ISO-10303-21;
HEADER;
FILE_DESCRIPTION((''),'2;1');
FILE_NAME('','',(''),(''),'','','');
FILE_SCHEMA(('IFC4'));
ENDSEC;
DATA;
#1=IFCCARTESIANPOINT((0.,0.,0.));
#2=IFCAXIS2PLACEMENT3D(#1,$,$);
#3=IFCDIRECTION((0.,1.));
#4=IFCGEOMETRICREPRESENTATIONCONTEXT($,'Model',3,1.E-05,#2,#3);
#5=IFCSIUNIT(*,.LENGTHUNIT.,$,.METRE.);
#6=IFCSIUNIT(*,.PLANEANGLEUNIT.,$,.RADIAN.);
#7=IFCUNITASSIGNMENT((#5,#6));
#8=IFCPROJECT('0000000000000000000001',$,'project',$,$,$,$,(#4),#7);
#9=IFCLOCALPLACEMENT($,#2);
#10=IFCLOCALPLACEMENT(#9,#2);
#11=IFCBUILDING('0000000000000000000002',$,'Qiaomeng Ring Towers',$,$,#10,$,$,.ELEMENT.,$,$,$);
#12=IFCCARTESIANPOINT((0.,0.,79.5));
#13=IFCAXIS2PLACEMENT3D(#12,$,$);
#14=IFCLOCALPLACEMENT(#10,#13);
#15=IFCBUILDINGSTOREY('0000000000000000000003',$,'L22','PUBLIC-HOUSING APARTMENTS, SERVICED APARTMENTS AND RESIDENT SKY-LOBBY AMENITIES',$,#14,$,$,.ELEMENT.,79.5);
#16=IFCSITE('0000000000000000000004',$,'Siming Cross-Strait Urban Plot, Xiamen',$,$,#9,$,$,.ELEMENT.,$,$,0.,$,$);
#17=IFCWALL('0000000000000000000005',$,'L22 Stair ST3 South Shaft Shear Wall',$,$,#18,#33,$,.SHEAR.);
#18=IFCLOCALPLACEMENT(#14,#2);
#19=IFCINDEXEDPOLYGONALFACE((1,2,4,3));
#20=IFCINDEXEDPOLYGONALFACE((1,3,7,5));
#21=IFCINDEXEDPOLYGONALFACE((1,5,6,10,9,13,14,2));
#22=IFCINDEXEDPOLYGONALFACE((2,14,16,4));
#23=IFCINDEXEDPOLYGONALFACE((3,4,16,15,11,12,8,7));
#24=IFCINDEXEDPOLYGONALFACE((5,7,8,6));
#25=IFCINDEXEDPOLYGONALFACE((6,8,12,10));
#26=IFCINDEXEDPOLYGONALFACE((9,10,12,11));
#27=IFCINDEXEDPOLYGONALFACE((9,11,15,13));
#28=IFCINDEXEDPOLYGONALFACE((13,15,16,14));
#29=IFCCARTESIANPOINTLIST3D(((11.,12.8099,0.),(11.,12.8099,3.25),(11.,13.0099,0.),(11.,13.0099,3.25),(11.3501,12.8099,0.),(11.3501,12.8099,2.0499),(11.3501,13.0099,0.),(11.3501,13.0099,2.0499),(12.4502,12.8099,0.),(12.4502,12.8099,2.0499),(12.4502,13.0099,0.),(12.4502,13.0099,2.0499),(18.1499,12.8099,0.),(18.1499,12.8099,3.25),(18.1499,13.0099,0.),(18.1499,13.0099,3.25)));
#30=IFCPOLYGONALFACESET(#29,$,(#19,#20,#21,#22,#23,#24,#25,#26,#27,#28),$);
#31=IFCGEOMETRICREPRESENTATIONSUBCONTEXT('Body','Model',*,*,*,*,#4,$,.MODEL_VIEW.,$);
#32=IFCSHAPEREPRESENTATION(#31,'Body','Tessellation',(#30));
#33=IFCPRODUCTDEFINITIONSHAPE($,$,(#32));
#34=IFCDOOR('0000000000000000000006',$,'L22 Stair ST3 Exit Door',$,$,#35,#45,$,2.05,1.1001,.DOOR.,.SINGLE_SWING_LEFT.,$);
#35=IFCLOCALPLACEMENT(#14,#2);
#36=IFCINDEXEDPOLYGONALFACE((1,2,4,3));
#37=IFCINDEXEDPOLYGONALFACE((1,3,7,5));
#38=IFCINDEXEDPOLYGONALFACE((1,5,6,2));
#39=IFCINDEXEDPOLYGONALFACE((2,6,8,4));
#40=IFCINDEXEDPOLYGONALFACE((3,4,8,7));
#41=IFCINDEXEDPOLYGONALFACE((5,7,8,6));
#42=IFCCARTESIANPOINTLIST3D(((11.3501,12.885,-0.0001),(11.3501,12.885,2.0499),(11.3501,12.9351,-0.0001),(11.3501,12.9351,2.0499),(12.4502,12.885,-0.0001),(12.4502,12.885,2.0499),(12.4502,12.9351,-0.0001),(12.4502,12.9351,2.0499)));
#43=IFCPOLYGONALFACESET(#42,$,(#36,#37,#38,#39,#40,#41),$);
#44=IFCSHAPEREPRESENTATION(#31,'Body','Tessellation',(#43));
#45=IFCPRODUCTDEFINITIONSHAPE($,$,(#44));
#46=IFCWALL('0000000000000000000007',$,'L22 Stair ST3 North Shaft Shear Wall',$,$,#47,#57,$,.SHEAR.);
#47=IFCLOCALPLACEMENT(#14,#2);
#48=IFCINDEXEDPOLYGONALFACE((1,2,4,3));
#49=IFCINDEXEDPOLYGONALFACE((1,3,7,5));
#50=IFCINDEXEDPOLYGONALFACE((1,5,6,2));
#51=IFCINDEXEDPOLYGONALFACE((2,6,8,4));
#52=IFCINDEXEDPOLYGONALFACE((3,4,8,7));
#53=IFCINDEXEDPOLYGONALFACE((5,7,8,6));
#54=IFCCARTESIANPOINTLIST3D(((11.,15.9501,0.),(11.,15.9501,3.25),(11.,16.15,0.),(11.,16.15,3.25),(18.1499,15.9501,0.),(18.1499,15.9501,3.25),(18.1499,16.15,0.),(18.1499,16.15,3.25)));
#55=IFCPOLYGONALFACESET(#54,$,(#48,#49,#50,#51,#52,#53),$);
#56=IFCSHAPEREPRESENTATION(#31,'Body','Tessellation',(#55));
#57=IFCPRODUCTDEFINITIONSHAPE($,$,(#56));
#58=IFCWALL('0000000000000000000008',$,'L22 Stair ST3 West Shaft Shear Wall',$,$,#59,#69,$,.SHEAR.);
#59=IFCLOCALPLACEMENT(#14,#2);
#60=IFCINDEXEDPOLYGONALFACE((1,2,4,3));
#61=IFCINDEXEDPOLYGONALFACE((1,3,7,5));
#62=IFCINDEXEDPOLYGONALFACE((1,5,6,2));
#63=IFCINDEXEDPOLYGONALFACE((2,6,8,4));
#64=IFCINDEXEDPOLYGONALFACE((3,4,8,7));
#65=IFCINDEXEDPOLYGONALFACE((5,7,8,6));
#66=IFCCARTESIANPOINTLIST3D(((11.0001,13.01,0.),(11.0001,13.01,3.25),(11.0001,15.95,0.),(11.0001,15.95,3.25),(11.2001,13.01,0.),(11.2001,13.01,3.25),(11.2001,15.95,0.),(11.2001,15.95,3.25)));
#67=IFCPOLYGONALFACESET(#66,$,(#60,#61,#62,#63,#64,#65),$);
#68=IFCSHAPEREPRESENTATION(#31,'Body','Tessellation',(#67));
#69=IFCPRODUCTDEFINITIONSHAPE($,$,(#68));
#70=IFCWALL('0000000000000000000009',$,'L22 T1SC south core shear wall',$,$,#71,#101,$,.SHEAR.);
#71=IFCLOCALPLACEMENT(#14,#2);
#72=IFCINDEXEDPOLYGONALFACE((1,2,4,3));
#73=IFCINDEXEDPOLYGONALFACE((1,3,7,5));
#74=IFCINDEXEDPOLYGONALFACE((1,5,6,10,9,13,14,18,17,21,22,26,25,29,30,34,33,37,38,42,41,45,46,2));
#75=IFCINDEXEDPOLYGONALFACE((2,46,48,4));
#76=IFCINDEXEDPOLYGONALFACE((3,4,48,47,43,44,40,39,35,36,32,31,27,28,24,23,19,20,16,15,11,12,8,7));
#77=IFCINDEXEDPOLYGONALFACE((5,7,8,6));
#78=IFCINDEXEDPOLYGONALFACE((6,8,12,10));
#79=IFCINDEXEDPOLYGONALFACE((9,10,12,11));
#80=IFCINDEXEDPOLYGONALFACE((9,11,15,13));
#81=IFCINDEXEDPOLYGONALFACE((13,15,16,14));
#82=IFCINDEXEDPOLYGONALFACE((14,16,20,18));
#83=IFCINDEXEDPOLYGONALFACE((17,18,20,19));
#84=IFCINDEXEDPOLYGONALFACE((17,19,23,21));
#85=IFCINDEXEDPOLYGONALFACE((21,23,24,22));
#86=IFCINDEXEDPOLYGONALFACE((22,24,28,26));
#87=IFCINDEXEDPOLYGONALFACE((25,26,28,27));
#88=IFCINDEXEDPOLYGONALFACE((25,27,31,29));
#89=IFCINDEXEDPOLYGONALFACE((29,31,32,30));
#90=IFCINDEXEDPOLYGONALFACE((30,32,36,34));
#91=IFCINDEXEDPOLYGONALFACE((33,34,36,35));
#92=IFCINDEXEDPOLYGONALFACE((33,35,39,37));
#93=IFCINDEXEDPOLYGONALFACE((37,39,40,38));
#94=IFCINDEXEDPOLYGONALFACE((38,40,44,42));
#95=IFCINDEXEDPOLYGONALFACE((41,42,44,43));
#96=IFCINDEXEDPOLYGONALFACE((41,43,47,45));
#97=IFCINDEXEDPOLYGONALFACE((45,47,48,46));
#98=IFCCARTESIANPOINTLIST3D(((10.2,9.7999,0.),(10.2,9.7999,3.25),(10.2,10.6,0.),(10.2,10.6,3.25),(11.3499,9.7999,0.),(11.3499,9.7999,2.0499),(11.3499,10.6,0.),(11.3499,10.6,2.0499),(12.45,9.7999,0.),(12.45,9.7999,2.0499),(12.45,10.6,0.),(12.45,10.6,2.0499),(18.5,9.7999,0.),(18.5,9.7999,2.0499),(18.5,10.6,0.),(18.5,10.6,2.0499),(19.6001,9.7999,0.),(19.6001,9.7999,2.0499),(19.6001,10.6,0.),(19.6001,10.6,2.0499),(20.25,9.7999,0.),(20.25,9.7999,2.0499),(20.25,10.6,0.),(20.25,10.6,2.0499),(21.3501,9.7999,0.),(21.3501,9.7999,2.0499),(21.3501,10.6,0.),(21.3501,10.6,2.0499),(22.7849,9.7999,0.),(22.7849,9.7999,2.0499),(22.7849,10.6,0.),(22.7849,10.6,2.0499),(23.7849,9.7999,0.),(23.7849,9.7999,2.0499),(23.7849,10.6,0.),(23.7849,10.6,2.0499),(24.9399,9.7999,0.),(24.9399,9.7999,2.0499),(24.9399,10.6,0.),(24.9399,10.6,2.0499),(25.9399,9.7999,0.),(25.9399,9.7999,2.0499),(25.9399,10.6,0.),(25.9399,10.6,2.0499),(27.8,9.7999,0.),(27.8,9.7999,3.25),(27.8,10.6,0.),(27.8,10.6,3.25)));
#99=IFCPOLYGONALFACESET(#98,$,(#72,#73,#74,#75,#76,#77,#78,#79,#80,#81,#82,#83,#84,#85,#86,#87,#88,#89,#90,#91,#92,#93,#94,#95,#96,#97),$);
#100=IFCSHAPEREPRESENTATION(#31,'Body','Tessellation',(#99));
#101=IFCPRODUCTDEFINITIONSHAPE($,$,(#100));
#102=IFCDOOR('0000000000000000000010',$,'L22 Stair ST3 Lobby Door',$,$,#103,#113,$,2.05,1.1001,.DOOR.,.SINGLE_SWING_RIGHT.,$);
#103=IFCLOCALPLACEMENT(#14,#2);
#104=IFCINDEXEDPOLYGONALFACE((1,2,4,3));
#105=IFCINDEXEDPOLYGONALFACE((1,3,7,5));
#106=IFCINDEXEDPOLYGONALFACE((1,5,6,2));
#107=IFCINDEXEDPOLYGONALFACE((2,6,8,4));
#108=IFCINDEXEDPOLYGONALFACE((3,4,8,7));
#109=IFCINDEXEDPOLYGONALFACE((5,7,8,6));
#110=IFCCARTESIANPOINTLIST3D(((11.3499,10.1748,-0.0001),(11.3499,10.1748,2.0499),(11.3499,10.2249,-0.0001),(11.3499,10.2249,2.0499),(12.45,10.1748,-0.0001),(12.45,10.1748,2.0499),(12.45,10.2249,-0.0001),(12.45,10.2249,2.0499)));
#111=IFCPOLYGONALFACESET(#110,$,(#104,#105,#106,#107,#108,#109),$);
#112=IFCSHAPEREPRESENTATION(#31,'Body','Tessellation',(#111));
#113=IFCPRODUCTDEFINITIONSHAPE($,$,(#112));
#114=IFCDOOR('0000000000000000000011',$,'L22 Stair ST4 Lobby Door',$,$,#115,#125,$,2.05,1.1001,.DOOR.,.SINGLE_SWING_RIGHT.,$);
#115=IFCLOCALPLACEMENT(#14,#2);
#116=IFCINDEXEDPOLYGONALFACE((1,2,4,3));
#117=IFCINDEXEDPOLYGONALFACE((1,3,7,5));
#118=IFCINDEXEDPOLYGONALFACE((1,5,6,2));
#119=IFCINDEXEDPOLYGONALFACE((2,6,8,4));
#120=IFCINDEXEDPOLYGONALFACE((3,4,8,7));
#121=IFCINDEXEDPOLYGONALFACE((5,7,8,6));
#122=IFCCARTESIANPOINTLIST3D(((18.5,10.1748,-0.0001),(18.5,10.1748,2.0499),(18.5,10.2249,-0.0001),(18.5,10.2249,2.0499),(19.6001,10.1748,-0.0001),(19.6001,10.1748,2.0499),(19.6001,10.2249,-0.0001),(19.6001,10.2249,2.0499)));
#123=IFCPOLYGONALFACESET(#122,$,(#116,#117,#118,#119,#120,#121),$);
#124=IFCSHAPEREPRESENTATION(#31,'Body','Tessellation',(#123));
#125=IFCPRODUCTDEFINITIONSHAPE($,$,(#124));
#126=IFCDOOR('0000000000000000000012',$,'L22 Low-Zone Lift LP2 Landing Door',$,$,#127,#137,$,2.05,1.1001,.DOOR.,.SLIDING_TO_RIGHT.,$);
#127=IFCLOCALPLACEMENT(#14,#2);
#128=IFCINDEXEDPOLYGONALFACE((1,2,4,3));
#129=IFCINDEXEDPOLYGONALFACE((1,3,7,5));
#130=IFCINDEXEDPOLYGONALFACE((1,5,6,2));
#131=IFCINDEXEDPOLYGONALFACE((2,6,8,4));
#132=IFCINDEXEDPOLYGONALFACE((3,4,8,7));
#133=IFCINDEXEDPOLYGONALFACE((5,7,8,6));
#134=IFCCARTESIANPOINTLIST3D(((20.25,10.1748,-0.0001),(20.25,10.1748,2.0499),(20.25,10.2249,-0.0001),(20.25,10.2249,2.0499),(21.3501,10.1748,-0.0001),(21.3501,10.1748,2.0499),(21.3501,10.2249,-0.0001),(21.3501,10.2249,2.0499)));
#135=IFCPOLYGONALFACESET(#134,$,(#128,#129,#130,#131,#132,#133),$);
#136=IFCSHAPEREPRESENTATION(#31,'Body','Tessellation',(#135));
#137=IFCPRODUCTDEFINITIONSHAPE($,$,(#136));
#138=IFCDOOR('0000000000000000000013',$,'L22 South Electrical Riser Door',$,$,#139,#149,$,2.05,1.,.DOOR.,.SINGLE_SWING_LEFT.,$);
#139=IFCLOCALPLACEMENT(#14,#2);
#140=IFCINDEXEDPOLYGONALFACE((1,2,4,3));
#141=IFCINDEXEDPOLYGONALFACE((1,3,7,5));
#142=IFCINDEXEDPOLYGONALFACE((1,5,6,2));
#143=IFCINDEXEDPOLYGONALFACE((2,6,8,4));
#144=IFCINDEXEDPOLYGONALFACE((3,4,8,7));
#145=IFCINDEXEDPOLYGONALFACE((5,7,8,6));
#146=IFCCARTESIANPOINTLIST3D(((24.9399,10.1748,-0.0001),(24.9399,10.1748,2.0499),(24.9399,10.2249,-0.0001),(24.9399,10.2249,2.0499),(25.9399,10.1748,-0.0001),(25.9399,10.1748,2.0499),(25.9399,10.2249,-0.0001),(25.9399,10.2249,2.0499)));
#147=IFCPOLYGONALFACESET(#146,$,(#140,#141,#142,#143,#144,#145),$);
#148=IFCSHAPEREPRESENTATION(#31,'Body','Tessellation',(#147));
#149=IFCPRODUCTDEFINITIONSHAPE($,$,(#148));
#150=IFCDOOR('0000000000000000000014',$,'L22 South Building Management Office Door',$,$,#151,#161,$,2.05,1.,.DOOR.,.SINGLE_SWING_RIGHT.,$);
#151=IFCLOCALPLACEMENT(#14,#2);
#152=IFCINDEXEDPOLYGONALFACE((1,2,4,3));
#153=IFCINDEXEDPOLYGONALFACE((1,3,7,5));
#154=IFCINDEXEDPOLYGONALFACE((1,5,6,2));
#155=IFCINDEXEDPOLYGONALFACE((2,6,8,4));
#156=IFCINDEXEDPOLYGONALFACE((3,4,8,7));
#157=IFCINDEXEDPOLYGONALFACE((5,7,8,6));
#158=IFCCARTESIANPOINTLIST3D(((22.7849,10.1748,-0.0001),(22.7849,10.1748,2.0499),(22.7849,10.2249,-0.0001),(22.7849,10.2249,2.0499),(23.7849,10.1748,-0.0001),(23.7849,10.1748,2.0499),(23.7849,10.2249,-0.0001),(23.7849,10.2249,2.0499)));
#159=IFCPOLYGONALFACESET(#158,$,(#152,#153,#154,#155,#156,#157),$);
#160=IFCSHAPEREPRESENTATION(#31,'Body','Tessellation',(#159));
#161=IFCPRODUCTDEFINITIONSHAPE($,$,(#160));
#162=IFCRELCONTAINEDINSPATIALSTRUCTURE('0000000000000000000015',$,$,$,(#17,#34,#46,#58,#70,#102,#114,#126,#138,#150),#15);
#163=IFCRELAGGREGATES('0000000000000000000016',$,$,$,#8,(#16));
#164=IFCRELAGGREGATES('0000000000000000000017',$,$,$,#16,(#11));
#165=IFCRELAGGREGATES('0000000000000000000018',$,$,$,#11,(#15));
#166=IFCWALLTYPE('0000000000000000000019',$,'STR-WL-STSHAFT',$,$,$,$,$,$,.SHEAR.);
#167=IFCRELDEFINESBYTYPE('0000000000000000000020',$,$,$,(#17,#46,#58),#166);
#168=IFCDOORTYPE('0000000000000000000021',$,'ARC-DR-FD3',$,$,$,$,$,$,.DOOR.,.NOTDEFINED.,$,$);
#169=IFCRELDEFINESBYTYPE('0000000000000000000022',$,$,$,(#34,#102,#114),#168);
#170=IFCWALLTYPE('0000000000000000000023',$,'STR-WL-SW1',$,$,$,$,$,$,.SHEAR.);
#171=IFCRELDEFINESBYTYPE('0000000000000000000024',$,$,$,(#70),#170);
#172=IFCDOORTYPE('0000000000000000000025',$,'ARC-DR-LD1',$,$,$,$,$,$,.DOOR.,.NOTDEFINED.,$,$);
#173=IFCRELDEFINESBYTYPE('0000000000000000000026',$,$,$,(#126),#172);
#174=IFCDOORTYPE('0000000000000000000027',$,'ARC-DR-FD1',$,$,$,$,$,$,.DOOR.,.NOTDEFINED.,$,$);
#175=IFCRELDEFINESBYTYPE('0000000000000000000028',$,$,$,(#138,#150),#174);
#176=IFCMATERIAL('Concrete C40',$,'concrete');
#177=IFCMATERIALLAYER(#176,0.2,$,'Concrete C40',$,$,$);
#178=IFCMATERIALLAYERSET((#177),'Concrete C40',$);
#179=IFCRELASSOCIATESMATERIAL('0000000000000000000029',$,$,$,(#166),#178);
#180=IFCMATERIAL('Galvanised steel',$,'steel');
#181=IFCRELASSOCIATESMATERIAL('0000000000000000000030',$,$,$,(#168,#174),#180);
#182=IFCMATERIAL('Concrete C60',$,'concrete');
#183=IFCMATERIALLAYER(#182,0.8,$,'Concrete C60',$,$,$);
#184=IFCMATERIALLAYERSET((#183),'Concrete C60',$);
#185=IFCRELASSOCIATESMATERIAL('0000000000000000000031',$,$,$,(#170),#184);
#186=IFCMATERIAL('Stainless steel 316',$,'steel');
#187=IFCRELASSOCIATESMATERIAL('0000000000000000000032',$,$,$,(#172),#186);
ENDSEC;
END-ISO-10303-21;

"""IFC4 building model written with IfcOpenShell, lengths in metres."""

from ifc_helpers import new_model, si_unit, direction, frame, frame_2d, origin, place, context, subcontext, project, spatial, rectangle, extrude, source, transform, mapped, material, layer, layer_set, type_object, element, fill, save


model = new_model("IFC4")

# Units and contexts
model_context = context("Model", 3, precision=1e-05, world=origin(), true_north=direction((0.0, 1.0)))
body_context = subcontext(model_context, "Body", "Model", "MODEL_VIEW")
ifc_project = project(units=[si_unit("LENGTHUNIT", "METRE"), si_unit("PLANEANGLEUNIT", "RADIAN")], contexts=[model_context])

# Site, building, storey
site_placement = place(None, origin())
site = spatial("IfcSite", under=ifc_project, at=site_placement, Name="Siming Cross-Strait Urban Plot, Xiamen", CompositionType="ELEMENT", RefElevation=0.0)
building_placement = place(site_placement, origin())
building = spatial("IfcBuilding", under=site, at=building_placement, Name="Qiaomeng Ring Towers", CompositionType="ELEMENT")
storey_placement = place(building_placement, frame((0.0, 0.0, 79.5)))
storey = spatial("IfcBuildingStorey", under=building, at=storey_placement, Name="L22", Description="PUBLIC-HOUSING APARTMENTS, SERVICED APARTMENTS AND RESIDENT SKY-LOBBY AMENITIES", CompositionType="ELEMENT", Elevation=79.5)

# Shared definitions
shared_shape_1 = source(origin(), body_context, "Body", "SweptSolid", [
    extrude(rectangle(XDim=1.0, YDim=2.05, at=frame_2d((0.5, 1.0249))), frame((0.0, 0.0249, 0.0), z_axis=(0.0, -1.0, 0.0), x_axis=(1.0, 0.0, 0.0)), (0.0, 0.0, 1.0), 0.05),
])

# Wall, opening, door
ifc_material_1 = material(Name="Concrete C40", Category="concrete")
ifc_layer_1 = layer(ifc_material_1, 0.2, Name="Concrete C40")
ifc_layer_set_1 = layer_set([ifc_layer_1], Name="Concrete C40")
wall_type_1 = type_object("IfcWallType", Name="STR-WL-STSHAFT", PredefinedType="SHEAR", material=ifc_layer_set_1)
wall_1_placement = place(storey_placement, frame((11.0, 12.9099, 0.0), z_axis=(0.0, 0.0, 1.0), x_axis=(1.0, 0.0, 0.0)))
wall_1 = element("IfcWall", 1, at=wall_1_placement, inside=storey, type_object=wall_type_1, Name="L22 Stair ST3 South Shaft Shear Wall", PredefinedType="SHEAR", context=body_context, shape_type="SweptSolid", body=[
    extrude(rectangle(XDim=7.1499, YDim=0.2, at=frame_2d((3.575, 0.0))), origin(), (0.0, 0.0, 1.0), 3.25),
])
opening_1_placement = place(wall_1_placement, frame((0.3501, 0.0, 0.0)))
opening_1 = element("IfcOpeningElement", 2, at=opening_1_placement, cuts=wall_1, PredefinedType="OPENING", context=body_context, shape_type="SweptSolid", body=[
    extrude(rectangle(XDim=1.1001, YDim=2.05, at=frame_2d((0.55, 1.0249))), frame((0.0, 0.1099, 0.0), z_axis=(0.0, -1.0, 0.0), x_axis=(1.0, 0.0, 0.0)), (0.0, 0.0, 1.0), 0.22),
])
ifc_material_2 = material(Name="Galvanised steel", Category="steel")
door_type_1 = type_object("IfcDoorType", Name="ARC-DR-FD3", OperationType="NOTDEFINED", PredefinedType="DOOR", material=ifc_material_2)
shared_shape_2 = source(origin(), body_context, "Body", "SweptSolid", [
    extrude(rectangle(XDim=1.1001, YDim=2.05, at=frame_2d((0.55, 1.0249))), frame((0.0, 0.0249, 0.0), z_axis=(0.0, -1.0, 0.0), x_axis=(1.0, 0.0, 0.0)), (0.0, 0.0, 1.0), 0.05),
])
door_1_placement = place(opening_1_placement, frame((1.1001, 0.0, 0.0), z_axis=(0.0, 0.0, 1.0), x_axis=(-1.0, 0.0, 0.0)))
door_1 = element("IfcDoor", 3, at=door_1_placement, inside=storey, type_object=door_type_1, Name="L22 Stair ST3 Exit Door", OperationType="SINGLE_SWING_LEFT", OverallHeight=2.05, OverallWidth=1.1001, PredefinedType="DOOR", context=body_context, shape_type="MappedRepresentation", body=[
    mapped(shared_shape_2, transform((0.0, 0.0, 0.0), x_axis=(1.0, 0.0, 0.0), y_axis=(0.0, 1.0, 0.0), z_axis=(0.0, 0.0, 1.0), scale=1.0)),
])
fill(opening_1, door_1)

# Walls
wall_2_placement = place(storey_placement, frame((11.0, 16.05, 0.0), z_axis=(0.0, 0.0, 1.0), x_axis=(1.0, 0.0, 0.0)))
element("IfcWall", 4, at=wall_2_placement, inside=storey, type_object=wall_type_1, Name="L22 Stair ST3 North Shaft Shear Wall", PredefinedType="SHEAR", context=body_context, shape_type="SweptSolid", body=[
    extrude(rectangle(XDim=7.1499, YDim=0.2, at=frame_2d((3.575, 0.0))), origin(), (0.0, 0.0, 1.0), 3.25),
])
wall_3_placement = place(storey_placement, frame((11.1001, 13.01, 0.0), z_axis=(0.0, 0.0, 1.0), x_axis=(0.0, 1.0, 0.0)))
element("IfcWall", 5, at=wall_3_placement, inside=storey, type_object=wall_type_1, Name="L22 Stair ST3 West Shaft Shear Wall", PredefinedType="SHEAR", context=body_context, shape_type="SweptSolid", body=[
    extrude(rectangle(XDim=2.9399, YDim=0.2, at=frame_2d((1.47, 0.0))), origin(), (0.0, 0.0, 1.0), 3.25),
])

# Wall, openings, doors
ifc_material_3 = material(Name="Concrete C60", Category="concrete")
ifc_layer_2 = layer(ifc_material_3, 0.8, Name="Concrete C60")
ifc_layer_set_2 = layer_set([ifc_layer_2], Name="Concrete C60")
wall_type_2 = type_object("IfcWallType", Name="STR-WL-SW1", PredefinedType="SHEAR", material=ifc_layer_set_2)
wall_4_placement = place(storey_placement, frame((10.2, 10.2, 0.0), z_axis=(0.0, 0.0, 1.0), x_axis=(1.0, 0.0, 0.0)))
wall_4 = element("IfcWall", 6, at=wall_4_placement, inside=storey, type_object=wall_type_2, Name="L22 T1SC south core shear wall", PredefinedType="SHEAR", context=body_context, shape_type="SweptSolid", body=[
    extrude(rectangle(XDim=17.6001, YDim=0.8, at=frame_2d((8.8, 0.0))), origin(), (0.0, 0.0, 1.0), 3.25),
])
opening_2_placement = place(wall_4_placement, frame((1.1499, 0.0, 0.0)))
opening_2 = element("IfcOpeningElement", 7, at=opening_2_placement, cuts=wall_4, PredefinedType="OPENING", context=body_context, shape_type="SweptSolid", body=[
    extrude(rectangle(XDim=1.1001, YDim=2.05, at=frame_2d((0.55, 1.0249))), frame((0.0, 0.4099, 0.0), z_axis=(0.0, -1.0, 0.0), x_axis=(1.0, 0.0, 0.0)), (0.0, 0.0, 1.0), 0.8201),
])
opening_3_placement = place(wall_4_placement, frame((8.3, 0.0, 0.0)))
opening_3 = element("IfcOpeningElement", 8, at=opening_3_placement, cuts=wall_4, PredefinedType="OPENING", context=body_context, shape_type="SweptSolid", body=[
    extrude(rectangle(XDim=1.1001, YDim=2.05, at=frame_2d((0.55, 1.0249))), frame((0.0, 0.4099, 0.0), z_axis=(0.0, -1.0, 0.0), x_axis=(1.0, 0.0, 0.0)), (0.0, 0.0, 1.0), 0.8201),
])
opening_4_placement = place(wall_4_placement, frame((10.05, 0.0, 0.0)))
opening_4 = element("IfcOpeningElement", 9, at=opening_4_placement, cuts=wall_4, PredefinedType="OPENING", context=body_context, shape_type="SweptSolid", body=[
    extrude(rectangle(XDim=1.1001, YDim=2.05, at=frame_2d((0.55, 1.0249))), frame((0.0, 0.4099, 0.0), z_axis=(0.0, -1.0, 0.0), x_axis=(1.0, 0.0, 0.0)), (0.0, 0.0, 1.0), 0.8201),
])
opening_5_placement = place(wall_4_placement, frame((14.74, 0.0, 0.0)))
opening_5 = element("IfcOpeningElement", 10, at=opening_5_placement, cuts=wall_4, PredefinedType="OPENING", context=body_context, shape_type="SweptSolid", body=[
    extrude(rectangle(XDim=1.0, YDim=2.05, at=frame_2d((0.5, 1.0249))), frame((0.0, 0.4099, 0.0), z_axis=(0.0, -1.0, 0.0), x_axis=(1.0, 0.0, 0.0)), (0.0, 0.0, 1.0), 0.8201),
])
opening_6_placement = place(wall_4_placement, frame((12.585, 0.0, 0.0)))
opening_6 = element("IfcOpeningElement", 11, at=opening_6_placement, cuts=wall_4, PredefinedType="OPENING", context=body_context, shape_type="SweptSolid", body=[
    extrude(rectangle(XDim=1.0, YDim=2.05, at=frame_2d((0.5, 1.0249))), frame((0.0, 0.4099, 0.0), z_axis=(0.0, -1.0, 0.0), x_axis=(1.0, 0.0, 0.0)), (0.0, 0.0, 1.0), 0.8201),
])
door_2_placement = place(opening_2_placement, origin())
door_2 = element("IfcDoor", 12, at=door_2_placement, inside=storey, type_object=door_type_1, Name="L22 Stair ST3 Lobby Door", OperationType="SINGLE_SWING_RIGHT", OverallHeight=2.05, OverallWidth=1.1001, PredefinedType="DOOR", context=body_context, shape_type="MappedRepresentation", body=[
    mapped(shared_shape_2, transform((0.0, 0.0, 0.0), x_axis=(1.0, 0.0, 0.0), y_axis=(0.0, 1.0, 0.0), z_axis=(0.0, 0.0, 1.0), scale=1.0)),
])
fill(opening_2, door_2)
door_3_placement = place(opening_3_placement, origin())
door_3 = element("IfcDoor", 13, at=door_3_placement, inside=storey, type_object=door_type_1, Name="L22 Stair ST4 Lobby Door", OperationType="SINGLE_SWING_RIGHT", OverallHeight=2.05, OverallWidth=1.1001, PredefinedType="DOOR", context=body_context, shape_type="MappedRepresentation", body=[
    mapped(shared_shape_2, transform((0.0, 0.0, 0.0), x_axis=(1.0, 0.0, 0.0), y_axis=(0.0, 1.0, 0.0), z_axis=(0.0, 0.0, 1.0), scale=1.0)),
])
fill(opening_3, door_3)
ifc_material_4 = material(Name="Stainless steel 316", Category="steel")
door_type_2 = type_object("IfcDoorType", Name="ARC-DR-LD1", OperationType="NOTDEFINED", PredefinedType="DOOR", material=ifc_material_4)
door_4_placement = place(opening_4_placement, origin())
door_4 = element("IfcDoor", 14, at=door_4_placement, inside=storey, type_object=door_type_2, Name="L22 Low-Zone Lift LP2 Landing Door", OperationType="SLIDING_TO_RIGHT", OverallHeight=2.05, OverallWidth=1.1001, PredefinedType="DOOR", context=body_context, shape_type="MappedRepresentation", body=[
    mapped(shared_shape_2, transform((0.0, 0.0, 0.0), x_axis=(1.0, 0.0, 0.0), y_axis=(0.0, 1.0, 0.0), z_axis=(0.0, 0.0, 1.0), scale=1.0)),
])
fill(opening_4, door_4)
door_type_3 = type_object("IfcDoorType", Name="ARC-DR-FD1", OperationType="NOTDEFINED", PredefinedType="DOOR", material=ifc_material_2)
door_5_placement = place(opening_5_placement, origin())
door_5 = element("IfcDoor", 15, at=door_5_placement, inside=storey, type_object=door_type_3, Name="L22 South Electrical Riser Door", OperationType="SINGLE_SWING_LEFT", OverallHeight=2.05, OverallWidth=1.0, PredefinedType="DOOR", context=body_context, shape_type="MappedRepresentation", body=[
    mapped(shared_shape_1, transform((0.0, 0.0, 0.0), x_axis=(1.0, 0.0, 0.0), y_axis=(0.0, 1.0, 0.0), z_axis=(0.0, 0.0, 1.0), scale=1.0)),
])
fill(opening_5, door_5)
door_6_placement = place(opening_6_placement, origin())
door_6 = element("IfcDoor", 16, at=door_6_placement, inside=storey, type_object=door_type_3, Name="L22 South Building Management Office Door", OperationType="SINGLE_SWING_RIGHT", OverallHeight=2.05, OverallWidth=1.0, PredefinedType="DOOR", context=body_context, shape_type="MappedRepresentation", body=[
    mapped(shared_shape_1, transform((0.0, 0.0, 0.0), x_axis=(1.0, 0.0, 0.0), y_axis=(0.0, 1.0, 0.0), z_axis=(0.0, 0.0, 1.0), scale=1.0)),
])
fill(opening_6, door_6)

save(model, "model.ifc")
